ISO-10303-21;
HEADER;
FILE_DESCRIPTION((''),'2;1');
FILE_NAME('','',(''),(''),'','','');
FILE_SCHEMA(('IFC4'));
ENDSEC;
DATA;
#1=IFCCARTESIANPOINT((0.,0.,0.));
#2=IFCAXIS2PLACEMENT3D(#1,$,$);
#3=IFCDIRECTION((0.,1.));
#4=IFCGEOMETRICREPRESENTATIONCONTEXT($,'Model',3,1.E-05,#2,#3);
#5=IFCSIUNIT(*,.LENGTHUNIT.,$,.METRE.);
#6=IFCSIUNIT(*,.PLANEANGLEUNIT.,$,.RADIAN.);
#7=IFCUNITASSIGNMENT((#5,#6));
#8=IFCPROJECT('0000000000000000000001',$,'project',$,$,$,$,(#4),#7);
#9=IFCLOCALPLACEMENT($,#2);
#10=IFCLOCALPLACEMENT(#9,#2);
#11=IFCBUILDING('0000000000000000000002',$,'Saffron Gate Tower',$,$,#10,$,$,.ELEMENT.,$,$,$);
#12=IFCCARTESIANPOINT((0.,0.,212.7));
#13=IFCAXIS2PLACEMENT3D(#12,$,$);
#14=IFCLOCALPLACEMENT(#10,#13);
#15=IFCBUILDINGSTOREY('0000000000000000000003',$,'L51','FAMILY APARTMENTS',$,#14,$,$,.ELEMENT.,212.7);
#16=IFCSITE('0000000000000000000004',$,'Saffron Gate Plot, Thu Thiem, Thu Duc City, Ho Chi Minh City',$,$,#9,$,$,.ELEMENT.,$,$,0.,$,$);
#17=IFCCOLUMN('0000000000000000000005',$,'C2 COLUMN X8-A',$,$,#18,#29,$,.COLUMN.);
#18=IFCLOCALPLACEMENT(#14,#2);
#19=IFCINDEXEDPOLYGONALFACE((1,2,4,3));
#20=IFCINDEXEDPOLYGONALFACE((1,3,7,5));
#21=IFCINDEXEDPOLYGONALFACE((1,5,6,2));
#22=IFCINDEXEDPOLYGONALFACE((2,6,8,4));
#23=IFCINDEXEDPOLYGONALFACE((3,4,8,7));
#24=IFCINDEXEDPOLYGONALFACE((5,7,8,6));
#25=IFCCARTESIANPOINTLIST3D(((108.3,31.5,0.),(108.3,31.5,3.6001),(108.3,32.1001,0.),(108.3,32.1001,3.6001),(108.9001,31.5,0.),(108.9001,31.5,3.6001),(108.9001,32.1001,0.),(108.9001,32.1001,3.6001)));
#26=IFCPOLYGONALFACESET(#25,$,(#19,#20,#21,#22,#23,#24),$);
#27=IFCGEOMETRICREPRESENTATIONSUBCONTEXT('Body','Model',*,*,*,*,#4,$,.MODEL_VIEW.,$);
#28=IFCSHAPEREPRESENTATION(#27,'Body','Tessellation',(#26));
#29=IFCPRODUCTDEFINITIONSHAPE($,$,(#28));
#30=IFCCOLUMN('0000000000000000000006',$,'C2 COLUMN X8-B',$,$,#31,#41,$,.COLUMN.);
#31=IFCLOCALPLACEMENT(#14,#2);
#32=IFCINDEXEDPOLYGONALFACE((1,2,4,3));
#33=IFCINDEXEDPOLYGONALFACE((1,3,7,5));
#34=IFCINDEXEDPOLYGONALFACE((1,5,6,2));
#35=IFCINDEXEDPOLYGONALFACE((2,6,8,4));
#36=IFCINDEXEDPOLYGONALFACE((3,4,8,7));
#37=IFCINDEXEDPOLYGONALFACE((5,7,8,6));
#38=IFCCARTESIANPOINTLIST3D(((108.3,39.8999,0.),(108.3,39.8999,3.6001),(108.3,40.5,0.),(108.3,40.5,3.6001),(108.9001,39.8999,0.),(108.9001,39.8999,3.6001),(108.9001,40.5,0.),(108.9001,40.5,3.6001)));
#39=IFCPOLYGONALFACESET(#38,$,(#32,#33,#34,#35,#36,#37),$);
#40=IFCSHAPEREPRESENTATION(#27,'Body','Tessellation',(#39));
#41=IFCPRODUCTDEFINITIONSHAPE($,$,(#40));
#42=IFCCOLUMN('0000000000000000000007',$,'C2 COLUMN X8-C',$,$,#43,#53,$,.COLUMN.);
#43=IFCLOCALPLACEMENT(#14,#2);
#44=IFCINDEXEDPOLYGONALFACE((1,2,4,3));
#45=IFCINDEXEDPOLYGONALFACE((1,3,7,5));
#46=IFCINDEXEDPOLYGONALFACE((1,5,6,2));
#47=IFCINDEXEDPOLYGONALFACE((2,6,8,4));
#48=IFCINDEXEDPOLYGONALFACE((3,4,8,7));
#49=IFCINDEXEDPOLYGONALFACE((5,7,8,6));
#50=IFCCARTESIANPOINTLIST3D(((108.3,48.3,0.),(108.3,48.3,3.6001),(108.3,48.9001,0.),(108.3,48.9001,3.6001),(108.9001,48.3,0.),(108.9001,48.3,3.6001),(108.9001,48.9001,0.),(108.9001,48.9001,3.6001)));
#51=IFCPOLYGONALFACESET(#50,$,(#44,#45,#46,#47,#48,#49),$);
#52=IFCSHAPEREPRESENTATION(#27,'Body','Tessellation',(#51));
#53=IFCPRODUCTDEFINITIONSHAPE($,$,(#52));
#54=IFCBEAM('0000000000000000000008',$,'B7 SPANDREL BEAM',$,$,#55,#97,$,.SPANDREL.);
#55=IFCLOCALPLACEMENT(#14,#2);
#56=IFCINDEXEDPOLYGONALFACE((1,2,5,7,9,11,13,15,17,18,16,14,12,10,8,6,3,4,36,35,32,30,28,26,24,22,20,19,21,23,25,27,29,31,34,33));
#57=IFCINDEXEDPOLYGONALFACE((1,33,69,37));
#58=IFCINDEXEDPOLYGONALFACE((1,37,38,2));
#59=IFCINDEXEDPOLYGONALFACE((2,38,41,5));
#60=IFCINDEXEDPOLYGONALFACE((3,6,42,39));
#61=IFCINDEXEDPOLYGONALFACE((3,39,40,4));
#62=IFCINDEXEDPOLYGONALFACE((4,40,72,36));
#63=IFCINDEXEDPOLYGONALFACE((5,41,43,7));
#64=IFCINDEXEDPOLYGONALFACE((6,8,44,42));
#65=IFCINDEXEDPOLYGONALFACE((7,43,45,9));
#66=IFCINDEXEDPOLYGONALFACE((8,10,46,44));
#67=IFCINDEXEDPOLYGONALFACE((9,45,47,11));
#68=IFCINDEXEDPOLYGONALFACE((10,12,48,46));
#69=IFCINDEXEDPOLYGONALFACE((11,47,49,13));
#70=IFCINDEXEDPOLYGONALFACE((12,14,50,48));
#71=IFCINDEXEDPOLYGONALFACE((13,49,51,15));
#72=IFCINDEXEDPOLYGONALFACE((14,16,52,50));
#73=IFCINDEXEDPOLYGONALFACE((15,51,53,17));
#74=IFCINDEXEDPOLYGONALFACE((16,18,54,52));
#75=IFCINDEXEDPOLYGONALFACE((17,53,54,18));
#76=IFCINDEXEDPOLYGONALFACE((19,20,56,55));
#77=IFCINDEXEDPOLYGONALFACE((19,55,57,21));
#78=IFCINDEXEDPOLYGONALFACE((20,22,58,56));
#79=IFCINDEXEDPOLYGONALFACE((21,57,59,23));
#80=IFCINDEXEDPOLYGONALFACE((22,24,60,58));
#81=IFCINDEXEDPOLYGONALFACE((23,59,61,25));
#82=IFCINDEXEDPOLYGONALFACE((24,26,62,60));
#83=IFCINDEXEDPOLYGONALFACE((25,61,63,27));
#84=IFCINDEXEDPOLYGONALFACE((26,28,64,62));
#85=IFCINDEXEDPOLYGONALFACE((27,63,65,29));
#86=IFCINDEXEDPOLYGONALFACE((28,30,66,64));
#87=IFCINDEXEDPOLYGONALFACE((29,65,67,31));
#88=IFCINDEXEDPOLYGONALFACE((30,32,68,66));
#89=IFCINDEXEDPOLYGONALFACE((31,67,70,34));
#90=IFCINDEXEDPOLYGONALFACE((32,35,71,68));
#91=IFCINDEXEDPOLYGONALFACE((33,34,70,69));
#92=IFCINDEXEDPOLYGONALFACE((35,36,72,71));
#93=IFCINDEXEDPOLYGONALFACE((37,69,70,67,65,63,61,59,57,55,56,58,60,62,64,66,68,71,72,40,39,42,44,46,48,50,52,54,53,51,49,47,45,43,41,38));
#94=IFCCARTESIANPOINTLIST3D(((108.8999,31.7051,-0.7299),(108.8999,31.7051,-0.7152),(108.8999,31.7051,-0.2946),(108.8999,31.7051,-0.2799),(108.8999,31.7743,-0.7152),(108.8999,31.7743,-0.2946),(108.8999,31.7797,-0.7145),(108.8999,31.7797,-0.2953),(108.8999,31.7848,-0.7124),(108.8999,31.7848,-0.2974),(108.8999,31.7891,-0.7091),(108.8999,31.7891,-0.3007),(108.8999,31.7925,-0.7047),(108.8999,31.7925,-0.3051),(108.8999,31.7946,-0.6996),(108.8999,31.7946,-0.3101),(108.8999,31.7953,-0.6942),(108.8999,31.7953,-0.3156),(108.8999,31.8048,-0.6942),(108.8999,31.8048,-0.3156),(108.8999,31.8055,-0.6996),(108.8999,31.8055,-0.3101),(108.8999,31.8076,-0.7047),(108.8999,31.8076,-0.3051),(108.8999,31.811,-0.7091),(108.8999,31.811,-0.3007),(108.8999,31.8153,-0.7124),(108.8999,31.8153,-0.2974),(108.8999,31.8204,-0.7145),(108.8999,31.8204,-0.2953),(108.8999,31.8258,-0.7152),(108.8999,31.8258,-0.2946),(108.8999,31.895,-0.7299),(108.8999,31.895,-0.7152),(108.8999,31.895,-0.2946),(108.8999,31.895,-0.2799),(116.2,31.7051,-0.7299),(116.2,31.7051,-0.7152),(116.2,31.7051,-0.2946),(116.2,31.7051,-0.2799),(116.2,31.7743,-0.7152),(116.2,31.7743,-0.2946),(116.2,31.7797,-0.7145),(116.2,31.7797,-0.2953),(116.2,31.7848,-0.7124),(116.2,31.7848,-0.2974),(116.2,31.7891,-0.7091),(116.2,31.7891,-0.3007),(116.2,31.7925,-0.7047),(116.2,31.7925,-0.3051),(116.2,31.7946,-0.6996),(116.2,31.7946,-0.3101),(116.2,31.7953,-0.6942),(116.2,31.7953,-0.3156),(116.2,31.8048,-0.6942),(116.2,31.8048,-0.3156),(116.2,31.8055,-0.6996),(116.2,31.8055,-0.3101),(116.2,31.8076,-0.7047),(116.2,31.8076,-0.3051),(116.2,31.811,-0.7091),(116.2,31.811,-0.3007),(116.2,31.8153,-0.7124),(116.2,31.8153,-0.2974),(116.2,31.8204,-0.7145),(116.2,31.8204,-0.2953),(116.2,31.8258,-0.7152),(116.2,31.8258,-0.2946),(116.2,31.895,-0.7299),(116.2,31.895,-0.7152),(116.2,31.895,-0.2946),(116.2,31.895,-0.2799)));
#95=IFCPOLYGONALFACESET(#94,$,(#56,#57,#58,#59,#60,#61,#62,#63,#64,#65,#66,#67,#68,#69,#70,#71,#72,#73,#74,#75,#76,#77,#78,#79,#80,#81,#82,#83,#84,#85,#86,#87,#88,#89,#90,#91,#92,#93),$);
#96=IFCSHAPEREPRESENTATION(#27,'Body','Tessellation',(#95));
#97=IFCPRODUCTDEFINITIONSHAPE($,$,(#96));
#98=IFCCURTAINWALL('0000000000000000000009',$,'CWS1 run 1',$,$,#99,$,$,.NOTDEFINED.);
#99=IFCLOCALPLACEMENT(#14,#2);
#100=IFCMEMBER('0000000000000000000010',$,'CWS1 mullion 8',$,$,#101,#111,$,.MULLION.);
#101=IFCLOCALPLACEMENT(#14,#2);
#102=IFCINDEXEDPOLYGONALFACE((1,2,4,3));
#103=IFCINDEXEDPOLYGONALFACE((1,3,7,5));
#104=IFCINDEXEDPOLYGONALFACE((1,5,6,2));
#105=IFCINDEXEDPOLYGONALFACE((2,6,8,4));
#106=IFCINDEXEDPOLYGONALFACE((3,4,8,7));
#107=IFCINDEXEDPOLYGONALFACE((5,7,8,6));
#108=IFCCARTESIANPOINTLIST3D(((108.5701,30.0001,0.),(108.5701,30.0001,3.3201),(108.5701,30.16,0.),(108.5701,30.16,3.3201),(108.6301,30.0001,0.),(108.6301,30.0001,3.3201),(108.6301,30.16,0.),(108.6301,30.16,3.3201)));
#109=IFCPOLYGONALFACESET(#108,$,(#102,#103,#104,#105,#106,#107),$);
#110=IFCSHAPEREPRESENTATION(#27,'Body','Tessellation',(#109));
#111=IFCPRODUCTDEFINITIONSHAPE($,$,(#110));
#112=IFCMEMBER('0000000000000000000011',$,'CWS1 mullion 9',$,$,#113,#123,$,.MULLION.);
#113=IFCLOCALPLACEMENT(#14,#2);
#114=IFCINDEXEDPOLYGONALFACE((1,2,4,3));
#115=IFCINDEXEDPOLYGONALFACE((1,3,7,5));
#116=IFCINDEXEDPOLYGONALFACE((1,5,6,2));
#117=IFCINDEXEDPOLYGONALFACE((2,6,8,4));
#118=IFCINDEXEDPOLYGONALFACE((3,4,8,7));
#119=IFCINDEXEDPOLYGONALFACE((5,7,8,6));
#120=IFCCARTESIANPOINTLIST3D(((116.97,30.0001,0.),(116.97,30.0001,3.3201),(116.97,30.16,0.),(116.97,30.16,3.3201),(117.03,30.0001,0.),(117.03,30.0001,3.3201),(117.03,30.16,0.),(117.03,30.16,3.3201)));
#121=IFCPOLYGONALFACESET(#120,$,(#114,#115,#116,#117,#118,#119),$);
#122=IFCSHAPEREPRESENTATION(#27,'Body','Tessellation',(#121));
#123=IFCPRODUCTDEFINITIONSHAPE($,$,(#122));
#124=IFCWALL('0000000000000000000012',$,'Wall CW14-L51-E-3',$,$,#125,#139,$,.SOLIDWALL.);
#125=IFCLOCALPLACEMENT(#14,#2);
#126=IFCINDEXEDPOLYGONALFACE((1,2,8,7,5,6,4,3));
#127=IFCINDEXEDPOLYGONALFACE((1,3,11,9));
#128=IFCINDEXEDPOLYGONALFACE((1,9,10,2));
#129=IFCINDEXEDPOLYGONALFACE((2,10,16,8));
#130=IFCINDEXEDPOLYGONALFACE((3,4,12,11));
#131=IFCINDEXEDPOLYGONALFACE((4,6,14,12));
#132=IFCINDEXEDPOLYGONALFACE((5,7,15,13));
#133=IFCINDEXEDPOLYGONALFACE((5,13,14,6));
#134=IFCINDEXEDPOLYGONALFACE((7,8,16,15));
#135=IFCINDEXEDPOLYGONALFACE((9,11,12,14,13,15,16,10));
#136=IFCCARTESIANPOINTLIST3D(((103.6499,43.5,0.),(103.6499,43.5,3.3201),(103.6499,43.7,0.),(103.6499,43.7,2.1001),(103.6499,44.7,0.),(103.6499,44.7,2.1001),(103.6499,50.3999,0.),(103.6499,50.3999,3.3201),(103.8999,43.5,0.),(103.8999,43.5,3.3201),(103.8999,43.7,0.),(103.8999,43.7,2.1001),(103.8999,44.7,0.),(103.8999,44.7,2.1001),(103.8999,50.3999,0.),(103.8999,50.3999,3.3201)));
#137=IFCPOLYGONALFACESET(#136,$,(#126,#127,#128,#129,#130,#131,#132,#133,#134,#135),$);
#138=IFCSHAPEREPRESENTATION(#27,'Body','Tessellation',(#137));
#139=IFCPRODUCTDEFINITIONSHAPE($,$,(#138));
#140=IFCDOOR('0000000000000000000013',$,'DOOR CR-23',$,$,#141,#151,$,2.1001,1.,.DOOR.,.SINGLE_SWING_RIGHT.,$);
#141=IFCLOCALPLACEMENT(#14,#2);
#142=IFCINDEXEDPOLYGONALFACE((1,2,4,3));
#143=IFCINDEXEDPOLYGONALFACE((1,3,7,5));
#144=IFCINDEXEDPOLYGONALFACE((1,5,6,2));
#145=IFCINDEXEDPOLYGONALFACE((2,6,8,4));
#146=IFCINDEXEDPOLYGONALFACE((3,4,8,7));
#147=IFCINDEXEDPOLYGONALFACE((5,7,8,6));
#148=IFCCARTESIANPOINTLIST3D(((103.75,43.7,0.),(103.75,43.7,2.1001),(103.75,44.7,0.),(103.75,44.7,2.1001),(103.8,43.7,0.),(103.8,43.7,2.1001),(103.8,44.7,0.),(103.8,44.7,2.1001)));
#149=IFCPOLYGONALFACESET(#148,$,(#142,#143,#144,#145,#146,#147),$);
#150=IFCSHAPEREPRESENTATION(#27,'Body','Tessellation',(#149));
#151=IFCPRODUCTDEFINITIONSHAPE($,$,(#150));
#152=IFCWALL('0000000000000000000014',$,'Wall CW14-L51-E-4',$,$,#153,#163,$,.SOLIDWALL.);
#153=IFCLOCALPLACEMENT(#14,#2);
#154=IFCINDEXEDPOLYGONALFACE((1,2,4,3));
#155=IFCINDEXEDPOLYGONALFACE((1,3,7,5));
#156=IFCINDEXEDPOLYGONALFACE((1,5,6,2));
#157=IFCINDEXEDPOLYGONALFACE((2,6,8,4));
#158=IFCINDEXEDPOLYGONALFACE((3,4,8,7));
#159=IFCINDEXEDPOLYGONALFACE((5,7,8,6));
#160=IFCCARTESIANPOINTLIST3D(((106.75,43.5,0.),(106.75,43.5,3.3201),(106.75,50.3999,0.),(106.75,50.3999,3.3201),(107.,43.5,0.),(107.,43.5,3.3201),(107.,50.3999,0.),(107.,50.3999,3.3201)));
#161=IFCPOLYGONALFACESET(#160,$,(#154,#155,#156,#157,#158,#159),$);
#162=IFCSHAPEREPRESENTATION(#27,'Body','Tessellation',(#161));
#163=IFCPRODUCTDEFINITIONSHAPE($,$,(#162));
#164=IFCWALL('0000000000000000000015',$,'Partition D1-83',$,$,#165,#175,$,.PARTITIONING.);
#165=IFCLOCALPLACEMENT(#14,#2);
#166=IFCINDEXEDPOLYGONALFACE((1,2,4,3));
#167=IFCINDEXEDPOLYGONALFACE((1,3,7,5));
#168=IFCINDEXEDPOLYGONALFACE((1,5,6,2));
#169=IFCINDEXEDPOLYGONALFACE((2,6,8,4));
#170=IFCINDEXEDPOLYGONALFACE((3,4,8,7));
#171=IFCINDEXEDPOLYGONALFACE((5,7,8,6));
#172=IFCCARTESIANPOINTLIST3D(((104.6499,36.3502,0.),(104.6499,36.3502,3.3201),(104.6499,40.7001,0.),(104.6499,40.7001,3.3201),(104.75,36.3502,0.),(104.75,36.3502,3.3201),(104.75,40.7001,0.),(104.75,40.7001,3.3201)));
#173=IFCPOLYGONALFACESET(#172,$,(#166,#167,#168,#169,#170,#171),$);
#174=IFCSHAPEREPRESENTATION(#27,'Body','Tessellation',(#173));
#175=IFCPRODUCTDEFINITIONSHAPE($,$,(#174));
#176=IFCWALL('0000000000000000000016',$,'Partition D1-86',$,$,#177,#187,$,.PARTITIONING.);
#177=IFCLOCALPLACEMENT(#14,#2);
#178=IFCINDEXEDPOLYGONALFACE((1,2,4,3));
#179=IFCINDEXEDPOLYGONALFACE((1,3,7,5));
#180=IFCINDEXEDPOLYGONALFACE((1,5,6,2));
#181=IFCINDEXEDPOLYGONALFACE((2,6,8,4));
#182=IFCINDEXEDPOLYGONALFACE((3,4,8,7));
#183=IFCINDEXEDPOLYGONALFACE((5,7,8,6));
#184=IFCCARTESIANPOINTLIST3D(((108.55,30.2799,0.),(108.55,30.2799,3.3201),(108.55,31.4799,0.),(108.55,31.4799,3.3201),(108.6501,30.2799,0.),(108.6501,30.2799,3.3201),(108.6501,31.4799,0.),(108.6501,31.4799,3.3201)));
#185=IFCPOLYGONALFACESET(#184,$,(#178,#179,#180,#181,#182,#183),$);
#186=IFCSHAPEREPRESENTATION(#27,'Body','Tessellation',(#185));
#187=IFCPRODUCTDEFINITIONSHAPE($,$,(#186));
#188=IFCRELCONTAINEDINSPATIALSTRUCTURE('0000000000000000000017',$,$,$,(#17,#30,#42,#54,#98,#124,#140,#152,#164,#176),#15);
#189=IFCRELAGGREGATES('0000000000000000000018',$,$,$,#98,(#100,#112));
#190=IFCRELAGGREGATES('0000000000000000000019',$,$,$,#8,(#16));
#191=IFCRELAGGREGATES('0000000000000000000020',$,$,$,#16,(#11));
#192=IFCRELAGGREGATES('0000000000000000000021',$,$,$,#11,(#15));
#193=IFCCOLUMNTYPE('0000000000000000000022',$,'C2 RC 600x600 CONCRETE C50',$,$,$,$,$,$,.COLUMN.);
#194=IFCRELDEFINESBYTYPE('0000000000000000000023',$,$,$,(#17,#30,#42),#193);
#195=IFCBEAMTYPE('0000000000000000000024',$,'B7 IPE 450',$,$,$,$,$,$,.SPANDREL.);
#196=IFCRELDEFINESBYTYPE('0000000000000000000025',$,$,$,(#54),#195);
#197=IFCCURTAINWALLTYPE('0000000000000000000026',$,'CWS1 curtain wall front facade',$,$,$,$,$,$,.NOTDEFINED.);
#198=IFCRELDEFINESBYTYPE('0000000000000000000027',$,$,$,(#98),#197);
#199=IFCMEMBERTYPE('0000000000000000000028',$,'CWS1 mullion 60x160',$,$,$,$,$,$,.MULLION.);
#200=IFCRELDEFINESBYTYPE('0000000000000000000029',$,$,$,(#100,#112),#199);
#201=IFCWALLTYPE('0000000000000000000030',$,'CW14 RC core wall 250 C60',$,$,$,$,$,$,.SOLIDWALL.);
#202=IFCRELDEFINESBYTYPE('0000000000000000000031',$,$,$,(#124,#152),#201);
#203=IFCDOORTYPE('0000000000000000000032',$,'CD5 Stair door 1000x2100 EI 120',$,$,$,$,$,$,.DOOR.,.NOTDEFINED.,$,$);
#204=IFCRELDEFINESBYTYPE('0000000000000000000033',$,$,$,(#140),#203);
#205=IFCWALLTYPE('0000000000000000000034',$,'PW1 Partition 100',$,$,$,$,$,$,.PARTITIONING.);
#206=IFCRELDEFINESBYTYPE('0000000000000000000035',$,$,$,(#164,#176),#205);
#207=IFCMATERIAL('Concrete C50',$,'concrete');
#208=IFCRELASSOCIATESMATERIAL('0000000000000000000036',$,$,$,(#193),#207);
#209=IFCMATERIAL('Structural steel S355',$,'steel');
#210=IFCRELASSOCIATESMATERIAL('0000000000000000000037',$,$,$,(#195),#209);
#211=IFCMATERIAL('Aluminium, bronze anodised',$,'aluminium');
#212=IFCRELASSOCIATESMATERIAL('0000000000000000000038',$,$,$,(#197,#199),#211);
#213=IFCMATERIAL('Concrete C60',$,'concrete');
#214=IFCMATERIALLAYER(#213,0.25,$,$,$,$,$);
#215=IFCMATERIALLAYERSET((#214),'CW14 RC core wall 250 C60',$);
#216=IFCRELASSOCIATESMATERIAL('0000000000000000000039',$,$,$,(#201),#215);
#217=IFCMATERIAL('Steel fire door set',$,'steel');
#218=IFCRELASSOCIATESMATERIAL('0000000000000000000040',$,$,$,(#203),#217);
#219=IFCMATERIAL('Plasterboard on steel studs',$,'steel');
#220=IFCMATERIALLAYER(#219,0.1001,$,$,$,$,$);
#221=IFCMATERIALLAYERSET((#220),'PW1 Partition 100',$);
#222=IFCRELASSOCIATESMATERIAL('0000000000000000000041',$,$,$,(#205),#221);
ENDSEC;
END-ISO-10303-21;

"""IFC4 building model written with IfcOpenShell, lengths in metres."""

from ifc_helpers import new_model, si_unit, direction, frame, frame_2d, origin, origin_2d, place, context, subcontext, project, spatial, rectangle, i_section, extrude, material, layer, layer_set, material_profile, profile_set, type_object, element, fill, aggregate, save


model = new_model("IFC4")

# Units and contexts
model_context = context("Model", 3, precision=1e-05, world=origin(), true_north=direction((0.0, 1.0)))
body_context = subcontext(model_context, "Body", "Model", "MODEL_VIEW")
ifc_project = project(units=[si_unit("LENGTHUNIT", "METRE"), si_unit("PLANEANGLEUNIT", "RADIAN")], contexts=[model_context])

# Site, building, storey
site_placement = place(None, origin())
site = spatial("IfcSite", under=ifc_project, at=site_placement, Name="Saffron Gate Plot, Thu Thiem, Thu Duc City, Ho Chi Minh City", CompositionType="ELEMENT", RefElevation=0.0)
building_placement = place(site_placement, origin())
building = spatial("IfcBuilding", under=site, at=building_placement, Name="Saffron Gate Tower", CompositionType="ELEMENT")
storey_placement = place(building_placement, frame((0.0, 0.0, 212.7)))
storey = spatial("IfcBuildingStorey", under=building, at=storey_placement, Name="L51", Description="FAMILY APARTMENTS", CompositionType="ELEMENT", Elevation=212.7)

# Columns
ifc_material_1 = material(Name="Concrete C50", Category="concrete")
ifc_material_profile_1 = material_profile(ifc_material_1, rectangle(XDim=0.6001, YDim=0.6001, at=origin_2d()))
ifc_profile_set_1 = profile_set([ifc_material_profile_1], Name="Concrete C50")
column_type = type_object("IfcColumnType", Name="C2 RC 600x600 CONCRETE C50", PredefinedType="COLUMN", material=ifc_profile_set_1)
for number, where, z_axis, x_axis, name in (
    (1, (108.6001, 31.8, 0.0), (0.0, 0.0, 1.0), (1.0, 0.0, 0.0), "C2 COLUMN X8-A"),
    (2, (108.6001, 40.2, 0.0), (0.0, 0.0, 1.0), (1.0, 0.0, 0.0), "C2 COLUMN X8-B"),
    (3, (108.6001, 48.6001, 0.0), (0.0, 0.0, 1.0), (1.0, 0.0, 0.0), "C2 COLUMN X8-C"),
):
    element("IfcColumn", number, at=place(storey_placement, frame(where, z_axis=z_axis, x_axis=x_axis)), inside=storey, type_object=column_type, Name=name, PredefinedType="COLUMN", context=body_context, shape_type="SweptSolid", body=[
        extrude(rectangle(XDim=0.6001, YDim=0.6001, at=origin_2d()), origin(), (0.0, 0.0, 1.0), 3.6001),
    ])

# Beam
ifc_material_2 = material(Name="Structural steel S355", Category="steel")
ifc_material_profile_2 = material_profile(ifc_material_2, i_section(OverallWidth=0.1899, OverallDepth=0.45, WebThickness=0.0095, FlangeThickness=0.0146, FilletRadius=0.021, at=origin_2d()))
ifc_profile_set_2 = profile_set([ifc_material_profile_2], Name="Structural steel S355")
beam_type = type_object("IfcBeamType", Name="B7 IPE 450", PredefinedType="SPANDREL", material=ifc_profile_set_2)
beam_placement = place(storey_placement, frame((108.8999, 31.8, -0.5049), z_axis=(1.0, 0.0, 0.0), x_axis=(0.0, 1.0, 0.0)))
element("IfcBeam", 4, at=beam_placement, inside=storey, type_object=beam_type, Name="B7 SPANDREL BEAM", PredefinedType="SPANDREL", context=body_context, shape_type="SweptSolid", body=[
    extrude(i_section(OverallWidth=0.1899, OverallDepth=0.45, WebThickness=0.0095, FlangeThickness=0.0146, FilletRadius=0.021, at=origin_2d()), origin(), (0.0, 0.0, 1.0), 7.3),
])

# Curtain wall, members
ifc_material_3 = material(Name="Aluminium, bronze anodised", Category="aluminium")
curtain_wall_type = type_object("IfcCurtainWallType", Name="CWS1 curtain wall front facade", PredefinedType="NOTDEFINED", material=ifc_material_3)
curtain_wall_placement = place(storey_placement, origin())
curtain_wall = element("IfcCurtainWall", 5, at=curtain_wall_placement, inside=storey, type_object=curtain_wall_type, Name="CWS1 run 1", PredefinedType="NOTDEFINED")
ifc_material_profile_3 = material_profile(ifc_material_3, rectangle(XDim=0.1599, YDim=0.0601, at=origin_2d()))
ifc_profile_set_3 = profile_set([ifc_material_profile_3], Name="Aluminium, bronze anodised")
member_type = type_object("IfcMemberType", Name="CWS1 mullion 60x160", PredefinedType="MULLION", material=ifc_profile_set_3)
member_1_placement = place(storey_placement, frame((108.6001, 30.0801, 0.0), z_axis=(0.0, 0.0, 1.0), x_axis=(0.0, 1.0, 0.0)))
member_1 = element("IfcMember", 6, at=member_1_placement, type_object=member_type, Name="CWS1 mullion 8", PredefinedType="MULLION", context=body_context, shape_type="SweptSolid", body=[
    extrude(rectangle(XDim=0.1599, YDim=0.0601, at=origin_2d()), origin(), (0.0, 0.0, 1.0), 3.3201),
])
member_2_placement = place(storey_placement, frame((117.0, 30.0801, 0.0), z_axis=(0.0, 0.0, 1.0), x_axis=(0.0, 1.0, 0.0)))
member_2 = element("IfcMember", 7, at=member_2_placement, type_object=member_type, Name="CWS1 mullion 9", PredefinedType="MULLION", context=body_context, shape_type="SweptSolid", body=[
    extrude(rectangle(XDim=0.1599, YDim=0.0601, at=origin_2d()), origin(), (0.0, 0.0, 1.0), 3.3201),
])
aggregate(curtain_wall, [member_1, member_2])

# Wall, opening, door
ifc_material_4 = material(Name="Concrete C60", Category="concrete")
ifc_layer_1 = layer(ifc_material_4, 0.25)
ifc_layer_set_1 = layer_set([ifc_layer_1], Name="CW14 RC core wall 250 C60")
wall_type_1 = type_object("IfcWallType", Name="CW14 RC core wall 250 C60", PredefinedType="SOLIDWALL", material=ifc_layer_set_1)
wall_1_placement = place(storey_placement, frame((103.7749, 43.5, 0.0), z_axis=(0.0, 0.0, 1.0), x_axis=(0.0, 1.0, 0.0)))
wall_1 = element("IfcWall", 8, at=wall_1_placement, inside=storey, type_object=wall_type_1, Name="Wall CW14-L51-E-3", PredefinedType="SOLIDWALL", context=body_context, shape_type="SweptSolid", body=[
    extrude(rectangle(XDim=6.8999, YDim=0.25, at=frame_2d((3.45, 0.0))), origin(), (0.0, 0.0, 1.0), 3.3201),
])
opening_1_placement = place(wall_1_placement, frame((0.2, 0.0, 0.0)))
opening_1 = element("IfcOpeningElement", 9, at=opening_1_placement, cuts=wall_1, PredefinedType="OPENING", context=body_context, shape_type="SweptSolid", body=[
    extrude(rectangle(XDim=1.0, YDim=2.1001, at=frame_2d((0.5, 1.05))), frame((0.0, 0.135, 0.0), z_axis=(0.0, -1.0, 0.0), x_axis=(1.0, 0.0, 0.0)), (0.0, 0.0, 1.0), 0.27),
])
ifc_material_5 = material(Name="Steel fire door set", Category="steel")
door_type_1 = type_object("IfcDoorType", Name="CD5 Stair door 1000x2100 EI 120", OperationType="NOTDEFINED", PredefinedType="DOOR", material=ifc_material_5)
door_1_placement = place(opening_1_placement, origin())
door_1 = element("IfcDoor", 10, at=door_1_placement, inside=storey, type_object=door_type_1, Name="DOOR CR-23", OperationType="SINGLE_SWING_RIGHT", OverallHeight=2.1001, OverallWidth=1.0, PredefinedType="DOOR", context=body_context, shape_type="SweptSolid", body=[
    extrude(rectangle(XDim=1.0, YDim=2.1001, at=frame_2d((0.5, 1.05))), frame((0.0, 0.0249, 0.0), z_axis=(0.0, -1.0, 0.0), x_axis=(1.0, 0.0, 0.0)), (0.0, 0.0, 1.0), 0.05),
])
fill(opening_1, door_1)

# Walls
wall_2_placement = place(storey_placement, frame((106.875, 43.5, 0.0), z_axis=(0.0, 0.0, 1.0), x_axis=(0.0, 1.0, 0.0)))
element("IfcWall", 11, at=wall_2_placement, inside=storey, type_object=wall_type_1, Name="Wall CW14-L51-E-4", PredefinedType="SOLIDWALL", context=body_context, shape_type="SweptSolid", body=[
    extrude(rectangle(XDim=6.8999, YDim=0.25, at=frame_2d((3.45, 0.0))), origin(), (0.0, 0.0, 1.0), 3.3201),
])
ifc_material_6 = material(Name="Plasterboard on steel studs", Category="steel")
ifc_layer_2 = layer(ifc_material_6, 0.1001)
ifc_layer_set_2 = layer_set([ifc_layer_2], Name="PW1 Partition 100")
wall_type_2 = type_object("IfcWallType", Name="PW1 Partition 100", PredefinedType="PARTITIONING", material=ifc_layer_set_2)
wall_3_placement = place(storey_placement, frame((104.7, 40.7, 0.0), z_axis=(0.0, 0.0, 1.0), x_axis=(0.0, -1.0, 0.0)))
element("IfcWall", 12, at=wall_3_placement, inside=storey, type_object=wall_type_2, Name="Partition D1-83", PredefinedType="PARTITIONING", context=body_context, shape_type="SweptSolid", body=[
    extrude(rectangle(XDim=4.3499, YDim=0.1001, at=frame_2d((2.1748, 0.0))), origin(), (0.0, 0.0, 1.0), 3.3201),
])
wall_4_placement = place(storey_placement, frame((108.6001, 31.48, 0.0), z_axis=(0.0, 0.0, 1.0), x_axis=(0.0, -1.0, 0.0)))
element("IfcWall", 13, at=wall_4_placement, inside=storey, type_object=wall_type_2, Name="Partition D1-86", PredefinedType="PARTITIONING", context=body_context, shape_type="SweptSolid", body=[
    extrude(rectangle(XDim=1.2, YDim=0.1001, at=frame_2d((0.6001, 0.0))), origin(), (0.0, 0.0, 1.0), 3.3201),
])

save(model, "model.ifc")
